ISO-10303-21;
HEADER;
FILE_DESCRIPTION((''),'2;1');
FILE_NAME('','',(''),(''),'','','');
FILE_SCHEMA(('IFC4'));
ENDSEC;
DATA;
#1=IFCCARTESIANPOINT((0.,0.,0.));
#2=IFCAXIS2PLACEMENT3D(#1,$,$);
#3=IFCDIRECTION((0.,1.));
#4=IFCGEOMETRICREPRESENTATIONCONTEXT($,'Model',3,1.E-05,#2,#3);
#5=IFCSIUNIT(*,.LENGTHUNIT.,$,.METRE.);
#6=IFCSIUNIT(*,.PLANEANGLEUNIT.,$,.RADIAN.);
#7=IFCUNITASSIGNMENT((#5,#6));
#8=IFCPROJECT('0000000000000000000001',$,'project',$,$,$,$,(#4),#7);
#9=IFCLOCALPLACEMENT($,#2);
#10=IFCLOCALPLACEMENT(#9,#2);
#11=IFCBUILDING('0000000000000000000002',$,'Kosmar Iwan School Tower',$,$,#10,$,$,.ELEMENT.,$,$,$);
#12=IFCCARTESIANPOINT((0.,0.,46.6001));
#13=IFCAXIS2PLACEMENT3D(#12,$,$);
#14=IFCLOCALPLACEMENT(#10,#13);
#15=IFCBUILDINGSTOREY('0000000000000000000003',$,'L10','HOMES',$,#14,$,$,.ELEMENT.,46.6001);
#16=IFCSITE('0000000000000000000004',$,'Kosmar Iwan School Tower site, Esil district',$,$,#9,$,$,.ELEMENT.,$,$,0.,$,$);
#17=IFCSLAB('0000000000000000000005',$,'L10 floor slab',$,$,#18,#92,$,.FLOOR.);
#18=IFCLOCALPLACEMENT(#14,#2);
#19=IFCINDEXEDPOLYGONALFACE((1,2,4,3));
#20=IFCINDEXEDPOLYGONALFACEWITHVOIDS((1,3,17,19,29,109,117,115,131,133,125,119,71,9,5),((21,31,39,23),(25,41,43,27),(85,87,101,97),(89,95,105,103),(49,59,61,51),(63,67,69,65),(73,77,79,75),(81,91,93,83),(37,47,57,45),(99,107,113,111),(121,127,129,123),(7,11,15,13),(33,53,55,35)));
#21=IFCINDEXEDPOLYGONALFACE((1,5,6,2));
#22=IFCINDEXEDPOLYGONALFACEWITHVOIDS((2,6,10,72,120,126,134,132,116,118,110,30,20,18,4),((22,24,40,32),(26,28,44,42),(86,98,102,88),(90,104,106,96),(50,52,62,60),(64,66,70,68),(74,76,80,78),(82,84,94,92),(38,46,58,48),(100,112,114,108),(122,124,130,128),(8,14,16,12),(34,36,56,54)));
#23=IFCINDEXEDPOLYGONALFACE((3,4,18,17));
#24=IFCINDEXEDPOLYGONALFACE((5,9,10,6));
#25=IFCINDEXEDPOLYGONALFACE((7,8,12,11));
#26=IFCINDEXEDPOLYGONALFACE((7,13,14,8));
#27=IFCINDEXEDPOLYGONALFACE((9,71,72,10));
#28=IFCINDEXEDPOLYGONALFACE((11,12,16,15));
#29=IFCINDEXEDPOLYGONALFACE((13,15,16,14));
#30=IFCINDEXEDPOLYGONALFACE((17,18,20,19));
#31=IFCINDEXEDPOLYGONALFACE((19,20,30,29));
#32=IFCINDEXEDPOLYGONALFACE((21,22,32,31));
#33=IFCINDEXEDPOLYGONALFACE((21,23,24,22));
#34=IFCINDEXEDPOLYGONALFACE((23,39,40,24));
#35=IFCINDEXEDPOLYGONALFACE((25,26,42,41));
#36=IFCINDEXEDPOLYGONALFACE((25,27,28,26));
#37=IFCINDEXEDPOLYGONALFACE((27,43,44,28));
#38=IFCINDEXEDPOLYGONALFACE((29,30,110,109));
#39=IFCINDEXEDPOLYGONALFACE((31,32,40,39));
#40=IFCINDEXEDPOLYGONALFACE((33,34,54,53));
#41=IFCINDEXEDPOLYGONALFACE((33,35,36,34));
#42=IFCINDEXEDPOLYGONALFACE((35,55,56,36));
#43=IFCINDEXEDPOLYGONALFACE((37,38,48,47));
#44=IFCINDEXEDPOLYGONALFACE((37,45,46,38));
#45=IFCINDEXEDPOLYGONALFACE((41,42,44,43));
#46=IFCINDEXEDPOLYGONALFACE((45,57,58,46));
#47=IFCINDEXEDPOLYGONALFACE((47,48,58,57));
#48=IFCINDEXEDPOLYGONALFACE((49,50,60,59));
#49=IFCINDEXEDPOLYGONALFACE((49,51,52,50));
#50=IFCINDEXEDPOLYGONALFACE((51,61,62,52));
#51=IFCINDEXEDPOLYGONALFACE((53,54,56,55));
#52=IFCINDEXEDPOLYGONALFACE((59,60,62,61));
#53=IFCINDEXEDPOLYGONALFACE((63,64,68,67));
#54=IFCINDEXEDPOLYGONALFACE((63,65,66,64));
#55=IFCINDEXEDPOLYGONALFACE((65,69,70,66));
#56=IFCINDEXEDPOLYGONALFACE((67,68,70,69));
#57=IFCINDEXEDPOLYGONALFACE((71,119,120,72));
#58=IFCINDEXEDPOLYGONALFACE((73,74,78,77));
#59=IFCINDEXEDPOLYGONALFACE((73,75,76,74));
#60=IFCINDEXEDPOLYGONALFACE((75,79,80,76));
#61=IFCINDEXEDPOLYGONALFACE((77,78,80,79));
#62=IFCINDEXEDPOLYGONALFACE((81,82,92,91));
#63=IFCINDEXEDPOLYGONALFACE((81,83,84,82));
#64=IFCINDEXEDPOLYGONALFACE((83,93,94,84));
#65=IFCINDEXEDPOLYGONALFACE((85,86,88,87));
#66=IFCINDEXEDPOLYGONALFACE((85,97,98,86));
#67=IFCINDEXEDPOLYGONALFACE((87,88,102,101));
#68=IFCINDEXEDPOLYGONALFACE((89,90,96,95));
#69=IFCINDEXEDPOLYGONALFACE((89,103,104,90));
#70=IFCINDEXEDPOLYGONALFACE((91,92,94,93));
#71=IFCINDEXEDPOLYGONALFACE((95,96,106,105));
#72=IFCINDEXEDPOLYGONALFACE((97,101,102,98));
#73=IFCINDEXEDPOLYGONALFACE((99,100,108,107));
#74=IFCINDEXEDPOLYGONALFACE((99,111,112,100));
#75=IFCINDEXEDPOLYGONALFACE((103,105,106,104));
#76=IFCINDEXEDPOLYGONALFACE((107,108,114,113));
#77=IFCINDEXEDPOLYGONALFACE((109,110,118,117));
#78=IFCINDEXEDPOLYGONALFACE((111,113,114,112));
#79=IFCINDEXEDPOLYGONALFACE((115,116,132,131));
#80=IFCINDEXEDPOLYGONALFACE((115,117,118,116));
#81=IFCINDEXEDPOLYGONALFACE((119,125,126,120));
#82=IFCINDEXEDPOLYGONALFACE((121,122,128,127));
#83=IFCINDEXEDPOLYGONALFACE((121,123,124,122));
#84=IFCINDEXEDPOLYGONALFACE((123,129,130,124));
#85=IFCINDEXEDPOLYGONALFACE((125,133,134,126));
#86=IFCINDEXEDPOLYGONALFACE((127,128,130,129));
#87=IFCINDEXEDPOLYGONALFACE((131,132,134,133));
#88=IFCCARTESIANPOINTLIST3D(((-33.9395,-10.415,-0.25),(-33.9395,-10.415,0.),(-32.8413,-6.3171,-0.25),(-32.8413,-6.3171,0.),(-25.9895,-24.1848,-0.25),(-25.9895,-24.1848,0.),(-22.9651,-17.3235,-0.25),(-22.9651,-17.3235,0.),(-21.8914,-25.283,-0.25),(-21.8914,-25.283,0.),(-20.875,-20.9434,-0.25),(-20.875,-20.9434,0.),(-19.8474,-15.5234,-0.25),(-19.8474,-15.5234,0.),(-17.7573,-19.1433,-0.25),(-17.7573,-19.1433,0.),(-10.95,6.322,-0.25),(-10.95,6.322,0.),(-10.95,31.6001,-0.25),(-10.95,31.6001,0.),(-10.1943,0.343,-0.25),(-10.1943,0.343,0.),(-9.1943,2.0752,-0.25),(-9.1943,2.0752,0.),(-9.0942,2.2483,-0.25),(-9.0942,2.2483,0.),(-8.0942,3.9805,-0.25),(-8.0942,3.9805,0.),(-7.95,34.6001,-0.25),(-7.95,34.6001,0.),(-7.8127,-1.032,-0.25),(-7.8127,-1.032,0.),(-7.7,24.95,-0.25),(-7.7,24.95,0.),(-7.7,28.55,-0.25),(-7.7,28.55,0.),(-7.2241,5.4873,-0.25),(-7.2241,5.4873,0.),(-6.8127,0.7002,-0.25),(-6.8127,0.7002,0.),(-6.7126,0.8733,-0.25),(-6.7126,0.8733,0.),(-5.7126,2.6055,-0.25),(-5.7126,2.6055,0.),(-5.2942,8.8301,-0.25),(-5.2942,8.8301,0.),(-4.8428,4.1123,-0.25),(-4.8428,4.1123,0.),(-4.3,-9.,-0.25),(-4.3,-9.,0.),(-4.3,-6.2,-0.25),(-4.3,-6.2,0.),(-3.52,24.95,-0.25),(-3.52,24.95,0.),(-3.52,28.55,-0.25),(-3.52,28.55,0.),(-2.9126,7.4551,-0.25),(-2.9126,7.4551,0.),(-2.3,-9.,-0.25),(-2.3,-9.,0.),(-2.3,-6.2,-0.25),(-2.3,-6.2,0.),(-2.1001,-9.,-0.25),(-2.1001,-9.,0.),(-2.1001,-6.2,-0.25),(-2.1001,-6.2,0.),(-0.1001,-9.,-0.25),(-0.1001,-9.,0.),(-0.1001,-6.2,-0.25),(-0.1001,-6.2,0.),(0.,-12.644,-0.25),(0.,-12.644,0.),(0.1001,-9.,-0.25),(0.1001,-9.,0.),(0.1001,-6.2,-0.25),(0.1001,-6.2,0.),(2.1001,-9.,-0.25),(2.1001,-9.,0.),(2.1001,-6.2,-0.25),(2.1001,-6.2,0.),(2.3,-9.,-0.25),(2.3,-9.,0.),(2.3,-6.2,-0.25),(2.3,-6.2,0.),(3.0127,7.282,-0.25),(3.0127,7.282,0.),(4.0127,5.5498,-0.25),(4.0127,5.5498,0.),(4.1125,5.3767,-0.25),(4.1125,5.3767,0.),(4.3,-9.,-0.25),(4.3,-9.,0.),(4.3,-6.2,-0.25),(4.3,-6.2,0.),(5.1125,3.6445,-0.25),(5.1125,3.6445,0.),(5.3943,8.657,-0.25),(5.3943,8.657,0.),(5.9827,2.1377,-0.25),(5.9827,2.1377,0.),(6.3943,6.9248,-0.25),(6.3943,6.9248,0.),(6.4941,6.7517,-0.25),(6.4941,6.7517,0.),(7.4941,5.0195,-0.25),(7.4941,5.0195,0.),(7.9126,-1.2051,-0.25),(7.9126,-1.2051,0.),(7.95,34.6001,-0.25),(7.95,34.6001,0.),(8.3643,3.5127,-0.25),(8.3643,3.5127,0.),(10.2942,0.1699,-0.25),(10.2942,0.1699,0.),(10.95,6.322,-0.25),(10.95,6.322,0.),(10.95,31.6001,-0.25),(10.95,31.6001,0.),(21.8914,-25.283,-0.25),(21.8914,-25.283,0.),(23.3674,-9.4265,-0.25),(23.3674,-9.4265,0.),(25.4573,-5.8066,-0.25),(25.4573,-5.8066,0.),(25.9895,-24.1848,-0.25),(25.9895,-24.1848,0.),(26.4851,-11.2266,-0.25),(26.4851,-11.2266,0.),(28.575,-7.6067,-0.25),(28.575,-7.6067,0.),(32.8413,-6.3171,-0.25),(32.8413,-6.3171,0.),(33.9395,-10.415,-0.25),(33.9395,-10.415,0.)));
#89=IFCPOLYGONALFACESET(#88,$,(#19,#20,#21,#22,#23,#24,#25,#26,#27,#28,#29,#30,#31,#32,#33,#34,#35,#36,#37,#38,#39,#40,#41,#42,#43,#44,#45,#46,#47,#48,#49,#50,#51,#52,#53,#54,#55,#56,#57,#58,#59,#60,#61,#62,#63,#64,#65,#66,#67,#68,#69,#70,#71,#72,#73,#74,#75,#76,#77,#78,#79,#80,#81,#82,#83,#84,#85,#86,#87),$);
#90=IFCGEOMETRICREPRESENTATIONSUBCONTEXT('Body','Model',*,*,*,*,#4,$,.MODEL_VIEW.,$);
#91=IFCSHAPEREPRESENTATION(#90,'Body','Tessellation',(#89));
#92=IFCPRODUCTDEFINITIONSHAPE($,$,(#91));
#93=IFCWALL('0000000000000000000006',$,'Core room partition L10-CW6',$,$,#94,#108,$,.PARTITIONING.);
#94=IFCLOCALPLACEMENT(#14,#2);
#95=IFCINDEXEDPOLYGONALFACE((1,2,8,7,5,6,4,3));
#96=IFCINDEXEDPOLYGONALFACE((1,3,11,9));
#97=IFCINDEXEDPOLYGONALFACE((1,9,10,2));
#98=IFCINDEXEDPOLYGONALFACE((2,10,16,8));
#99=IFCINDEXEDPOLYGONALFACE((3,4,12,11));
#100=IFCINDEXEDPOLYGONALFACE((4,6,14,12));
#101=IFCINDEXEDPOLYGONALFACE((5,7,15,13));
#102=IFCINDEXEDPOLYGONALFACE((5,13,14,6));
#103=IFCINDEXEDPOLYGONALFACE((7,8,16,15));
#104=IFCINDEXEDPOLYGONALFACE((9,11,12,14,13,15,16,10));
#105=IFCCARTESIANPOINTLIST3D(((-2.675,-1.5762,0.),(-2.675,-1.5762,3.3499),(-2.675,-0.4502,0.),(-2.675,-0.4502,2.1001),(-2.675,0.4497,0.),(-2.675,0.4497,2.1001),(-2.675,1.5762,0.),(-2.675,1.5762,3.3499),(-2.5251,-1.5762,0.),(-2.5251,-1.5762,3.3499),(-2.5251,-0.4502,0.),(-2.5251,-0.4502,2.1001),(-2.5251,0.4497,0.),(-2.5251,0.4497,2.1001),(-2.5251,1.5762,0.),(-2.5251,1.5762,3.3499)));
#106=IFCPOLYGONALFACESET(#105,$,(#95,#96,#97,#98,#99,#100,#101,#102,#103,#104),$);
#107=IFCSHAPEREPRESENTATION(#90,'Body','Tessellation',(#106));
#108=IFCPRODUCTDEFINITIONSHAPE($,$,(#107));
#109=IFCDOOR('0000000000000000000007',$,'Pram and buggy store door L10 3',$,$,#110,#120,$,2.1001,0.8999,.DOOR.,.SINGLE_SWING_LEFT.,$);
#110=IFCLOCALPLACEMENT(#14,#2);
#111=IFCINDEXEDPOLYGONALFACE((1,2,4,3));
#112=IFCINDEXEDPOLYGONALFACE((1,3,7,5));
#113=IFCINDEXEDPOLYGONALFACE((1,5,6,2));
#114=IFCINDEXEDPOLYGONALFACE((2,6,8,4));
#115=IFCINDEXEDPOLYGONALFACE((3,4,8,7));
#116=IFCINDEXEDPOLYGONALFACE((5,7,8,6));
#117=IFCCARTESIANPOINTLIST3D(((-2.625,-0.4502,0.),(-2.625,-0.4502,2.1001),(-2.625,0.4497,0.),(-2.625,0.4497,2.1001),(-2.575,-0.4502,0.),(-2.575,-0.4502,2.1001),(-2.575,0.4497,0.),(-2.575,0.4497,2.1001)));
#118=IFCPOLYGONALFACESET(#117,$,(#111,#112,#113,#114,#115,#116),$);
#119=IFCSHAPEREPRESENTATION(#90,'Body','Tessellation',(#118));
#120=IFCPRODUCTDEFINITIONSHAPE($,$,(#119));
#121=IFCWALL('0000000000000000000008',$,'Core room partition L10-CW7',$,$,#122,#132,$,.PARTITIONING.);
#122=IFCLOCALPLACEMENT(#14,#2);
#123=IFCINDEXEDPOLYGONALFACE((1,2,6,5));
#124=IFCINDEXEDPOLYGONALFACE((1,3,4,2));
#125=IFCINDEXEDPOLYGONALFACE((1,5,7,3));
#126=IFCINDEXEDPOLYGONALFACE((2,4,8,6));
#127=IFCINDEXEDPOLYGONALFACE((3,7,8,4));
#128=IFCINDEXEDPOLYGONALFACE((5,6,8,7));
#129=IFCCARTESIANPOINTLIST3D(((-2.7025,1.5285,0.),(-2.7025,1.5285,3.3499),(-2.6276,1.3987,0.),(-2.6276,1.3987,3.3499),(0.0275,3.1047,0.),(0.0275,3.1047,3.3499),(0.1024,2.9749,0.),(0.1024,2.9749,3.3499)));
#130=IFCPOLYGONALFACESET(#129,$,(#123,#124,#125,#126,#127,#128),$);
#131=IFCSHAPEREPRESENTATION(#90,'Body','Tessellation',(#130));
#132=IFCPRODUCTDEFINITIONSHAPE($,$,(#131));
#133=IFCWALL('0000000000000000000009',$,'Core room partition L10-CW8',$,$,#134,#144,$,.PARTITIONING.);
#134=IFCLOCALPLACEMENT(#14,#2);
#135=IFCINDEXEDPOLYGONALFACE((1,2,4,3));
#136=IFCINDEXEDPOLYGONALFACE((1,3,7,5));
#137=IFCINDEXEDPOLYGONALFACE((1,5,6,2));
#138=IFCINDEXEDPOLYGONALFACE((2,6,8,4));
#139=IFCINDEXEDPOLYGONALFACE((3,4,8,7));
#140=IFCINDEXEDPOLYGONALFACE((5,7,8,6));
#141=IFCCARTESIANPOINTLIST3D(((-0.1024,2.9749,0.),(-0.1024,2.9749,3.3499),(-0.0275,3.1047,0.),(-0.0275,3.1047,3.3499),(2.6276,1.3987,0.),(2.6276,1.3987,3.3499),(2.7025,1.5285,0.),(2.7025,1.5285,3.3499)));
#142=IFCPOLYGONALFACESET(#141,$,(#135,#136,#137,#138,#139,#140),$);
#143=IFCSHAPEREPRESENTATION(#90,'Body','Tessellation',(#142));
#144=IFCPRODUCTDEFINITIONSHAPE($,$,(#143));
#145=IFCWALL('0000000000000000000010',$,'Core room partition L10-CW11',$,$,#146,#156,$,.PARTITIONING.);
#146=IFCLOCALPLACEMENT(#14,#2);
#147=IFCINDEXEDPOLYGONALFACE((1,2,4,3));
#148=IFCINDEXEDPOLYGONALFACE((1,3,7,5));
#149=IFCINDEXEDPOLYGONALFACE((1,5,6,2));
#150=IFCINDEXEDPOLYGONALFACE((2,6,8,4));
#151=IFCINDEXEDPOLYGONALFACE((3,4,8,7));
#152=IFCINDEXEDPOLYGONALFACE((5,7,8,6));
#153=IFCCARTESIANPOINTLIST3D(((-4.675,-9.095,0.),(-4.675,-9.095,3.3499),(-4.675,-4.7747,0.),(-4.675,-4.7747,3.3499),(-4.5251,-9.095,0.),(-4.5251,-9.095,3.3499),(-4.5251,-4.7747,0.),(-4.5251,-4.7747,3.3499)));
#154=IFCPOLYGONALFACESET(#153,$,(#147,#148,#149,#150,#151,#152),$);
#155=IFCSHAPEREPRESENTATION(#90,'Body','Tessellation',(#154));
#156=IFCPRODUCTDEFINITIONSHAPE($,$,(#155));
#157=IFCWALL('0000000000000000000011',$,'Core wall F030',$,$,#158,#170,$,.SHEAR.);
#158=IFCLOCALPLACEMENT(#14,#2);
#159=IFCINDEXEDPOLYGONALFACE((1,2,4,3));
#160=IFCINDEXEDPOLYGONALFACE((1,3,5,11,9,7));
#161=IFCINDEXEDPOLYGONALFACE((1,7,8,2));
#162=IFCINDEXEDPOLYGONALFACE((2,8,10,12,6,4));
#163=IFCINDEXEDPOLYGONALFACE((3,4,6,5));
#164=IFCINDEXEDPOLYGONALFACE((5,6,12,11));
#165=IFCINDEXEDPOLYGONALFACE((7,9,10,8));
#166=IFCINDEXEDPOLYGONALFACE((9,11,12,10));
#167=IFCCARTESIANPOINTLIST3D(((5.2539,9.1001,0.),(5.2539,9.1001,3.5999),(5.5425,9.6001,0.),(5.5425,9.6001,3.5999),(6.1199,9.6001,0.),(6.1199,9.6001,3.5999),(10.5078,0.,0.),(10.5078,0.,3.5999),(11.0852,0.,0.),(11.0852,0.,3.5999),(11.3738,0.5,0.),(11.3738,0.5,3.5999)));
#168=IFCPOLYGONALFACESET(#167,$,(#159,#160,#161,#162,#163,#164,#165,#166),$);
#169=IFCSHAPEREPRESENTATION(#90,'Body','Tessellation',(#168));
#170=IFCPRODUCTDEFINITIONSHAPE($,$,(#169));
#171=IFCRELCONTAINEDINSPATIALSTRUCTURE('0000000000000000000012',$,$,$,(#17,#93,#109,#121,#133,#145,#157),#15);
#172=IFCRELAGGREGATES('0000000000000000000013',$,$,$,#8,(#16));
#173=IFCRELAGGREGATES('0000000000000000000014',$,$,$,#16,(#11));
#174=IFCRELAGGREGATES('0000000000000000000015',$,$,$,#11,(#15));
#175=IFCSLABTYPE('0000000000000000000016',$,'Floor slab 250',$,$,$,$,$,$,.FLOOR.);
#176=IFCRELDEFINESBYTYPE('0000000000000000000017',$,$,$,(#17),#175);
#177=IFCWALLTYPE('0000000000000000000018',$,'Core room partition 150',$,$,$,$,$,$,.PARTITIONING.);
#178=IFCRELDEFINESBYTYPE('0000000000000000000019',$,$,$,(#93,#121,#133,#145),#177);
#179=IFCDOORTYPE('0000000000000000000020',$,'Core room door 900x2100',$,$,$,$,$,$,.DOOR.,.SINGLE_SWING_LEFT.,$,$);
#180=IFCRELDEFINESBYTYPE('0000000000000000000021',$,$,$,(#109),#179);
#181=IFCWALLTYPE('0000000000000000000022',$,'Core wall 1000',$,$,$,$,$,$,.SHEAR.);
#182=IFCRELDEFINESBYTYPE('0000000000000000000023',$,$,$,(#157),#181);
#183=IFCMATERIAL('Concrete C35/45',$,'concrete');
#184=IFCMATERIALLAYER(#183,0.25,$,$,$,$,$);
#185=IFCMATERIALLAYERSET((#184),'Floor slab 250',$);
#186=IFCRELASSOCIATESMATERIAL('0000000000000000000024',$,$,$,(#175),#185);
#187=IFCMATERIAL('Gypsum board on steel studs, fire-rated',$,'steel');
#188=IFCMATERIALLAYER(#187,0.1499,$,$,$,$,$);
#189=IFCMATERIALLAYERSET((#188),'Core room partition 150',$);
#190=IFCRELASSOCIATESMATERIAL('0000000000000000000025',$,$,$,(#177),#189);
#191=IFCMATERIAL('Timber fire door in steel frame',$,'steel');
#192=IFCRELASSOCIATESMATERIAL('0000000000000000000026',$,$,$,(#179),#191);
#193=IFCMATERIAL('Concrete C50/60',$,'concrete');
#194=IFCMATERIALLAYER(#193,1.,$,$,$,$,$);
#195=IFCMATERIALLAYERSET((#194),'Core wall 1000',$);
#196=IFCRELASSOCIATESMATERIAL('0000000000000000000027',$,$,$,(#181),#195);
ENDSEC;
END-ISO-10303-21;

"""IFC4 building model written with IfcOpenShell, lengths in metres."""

from ifc_helpers import new_model, si_unit, direction, frame, frame_2d, origin, place, context, subcontext, project, spatial, polyline, rectangle, outline, extrude, material, layer, layer_set, type_object, element, fill, save


model = new_model("IFC4")

# Units and contexts
model_context = context("Model", 3, precision=1e-05, world=origin(), true_north=direction((0.0, 1.0)))
body_context = subcontext(model_context, "Body", "Model", "MODEL_VIEW")
ifc_project = project(units=[si_unit("LENGTHUNIT", "METRE"), si_unit("PLANEANGLEUNIT", "RADIAN")], contexts=[model_context])

# Site, building, storey
site_placement = place(None, origin())
site = spatial("IfcSite", under=ifc_project, at=site_placement, Name="Kosmar Iwan School Tower site, Esil district", CompositionType="ELEMENT", RefElevation=0.0)
building_placement = place(site_placement, origin())
building = spatial("IfcBuilding", under=site, at=building_placement, Name="Kosmar Iwan School Tower", CompositionType="ELEMENT")
storey_placement = place(building_placement, frame((0.0, 0.0, 46.6001)))
storey = spatial("IfcBuildingStorey", under=building, at=storey_placement, Name="L10", Description="HOMES", CompositionType="ELEMENT", Elevation=46.6001)

# Slab
ifc_material_1 = material(Name="Concrete C35/45", Category="concrete")
ifc_layer_1 = layer(ifc_material_1, 0.25)
ifc_layer_set_1 = layer_set([ifc_layer_1], Name="Floor slab 250")
slab_type = type_object("IfcSlabType", Name="Floor slab 250", PredefinedType="FLOOR", material=ifc_layer_set_1)
slab_placement = place(storey_placement, frame((0.0, 0.0, -0.25)))
element("IfcSlab", 1, at=slab_placement, inside=storey, type_object=slab_type, Name="L10 floor slab", PredefinedType="FLOOR", context=body_context, shape_type="SweptSolid", body=[
    extrude(outline(polyline([(-21.8914, -25.283), (0.0, -12.644), (21.8914, -25.283), (25.9895, -24.1848), (33.9395, -10.415), (32.8413, -6.3171), (10.95, 6.322), (10.95, 31.6001), (7.95, 34.6001), (-7.95, 34.6001), (-10.95, 31.6001), (-10.95, 6.322), (-32.8413, -6.3171), (-33.9395, -10.415), (-25.9895, -24.1848), (-21.8914, -25.283)]), holes=[polyline([(7.9126, -1.2051), (10.2942, 0.1699), (8.3643, 3.5127), (5.9827, 2.1377), (7.9126, -1.2051)]), polyline([(-2.9126, 7.4551), (-5.2942, 8.8301), (-7.2241, 5.4873), (-4.8428, 4.1123), (-2.9126, 7.4551)]), polyline([(-5.7126, 2.6055), (-8.0942, 3.9805), (-9.0942, 2.2483), (-6.7126, 0.8733), (-5.7126, 2.6055)]), polyline([(-6.8127, 0.7002), (-9.1943, 2.0752), (-10.1943, 0.343), (-7.8127, -1.032), (-6.8127, 0.7002)]), polyline([(5.1125, 3.6445), (7.4941, 5.0195), (6.4941, 6.7517), (4.1125, 5.3767), (5.1125, 3.6445)]), polyline([(4.0127, 5.5498), (6.3943, 6.9248), (5.3943, 8.657), (3.0127, 7.282), (4.0127, 5.5498)]), polyline([(-4.3, -6.2), (-4.3, -9.0), (-2.3, -9.0), (-2.3, -6.2), (-4.3, -6.2)]), polyline([(-2.1001, -6.2), (-2.1001, -9.0), (-0.1001, -9.0), (-0.1001, -6.2), (-2.1001, -6.2)]), polyline([(0.1001, -6.2), (0.1001, -9.0), (2.1001, -9.0), (2.1001, -6.2), (0.1001, -6.2)]), polyline([(2.3, -6.2), (2.3, -9.0), (4.3, -9.0), (4.3, -6.2), (2.3, -6.2)]), polyline([(-3.52, 24.95), (-3.52, 28.55), (-7.7, 28.55), (-7.7, 24.95), (-3.52, 24.95)]), polyline([(-19.8474, -15.5234), (-22.9651, -17.3235), (-20.875, -20.9434), (-17.7573, -19.1433), (-19.8474, -15.5234)]), polyline([(23.3674, -9.4265), (26.4851, -11.2266), (28.575, -7.6067), (25.4573, -5.8066), (23.3674, -9.4265)])]), origin(), (0.0, 0.0, 1.0), 0.25),
])

# Wall, opening, door
ifc_material_2 = material(Name="Gypsum board on steel studs, fire-rated", Category="steel")
ifc_layer_2 = layer(ifc_material_2, 0.1499)
ifc_layer_set_2 = layer_set([ifc_layer_2], Name="Core room partition 150")
wall_type_1 = type_object("IfcWallType", Name="Core room partition 150", PredefinedType="PARTITIONING", material=ifc_layer_set_2)
wall_1_placement = place(storey_placement, frame((-2.6001, -1.5762, 0.0), z_axis=(0.0, 0.0, 1.0), x_axis=(0.0, 1.0, 0.0)))
wall_1 = element("IfcWall", 2, at=wall_1_placement, inside=storey, type_object=wall_type_1, Name="Core room partition L10-CW6", PredefinedType="PARTITIONING", context=body_context, shape_type="SweptSolid", body=[
    extrude(rectangle(XDim=3.1523, YDim=0.1499, at=frame_2d((1.5762, 0.0))), origin(), (0.0, 0.0, 1.0), 3.3499),
])
opening_1_placement = place(wall_1_placement, frame((1.126, 0.0, 0.0)))
opening_1 = element("IfcOpeningElement", 3, at=opening_1_placement, cuts=wall_1, PredefinedType="OPENING", context=body_context, shape_type="SweptSolid", body=[
    extrude(rectangle(XDim=0.8999, YDim=2.1001, at=frame_2d((0.45, 1.05))), frame((0.0, 0.0869, 0.0), z_axis=(0.0, -1.0, 0.0), x_axis=(1.0, 0.0, 0.0)), (0.0, 0.0, 1.0), 0.1738),
])
ifc_material_3 = material(Name="Timber fire door in steel frame", Category="steel")
door_type_1 = type_object("IfcDoorType", Name="Core room door 900x2100", OperationType="SINGLE_SWING_LEFT", PredefinedType="DOOR", material=ifc_material_3)
door_1_placement = place(opening_1_placement, origin())
door_1 = element("IfcDoor", 4, at=door_1_placement, inside=storey, type_object=door_type_1, Name="Pram and buggy store door L10 3", OperationType="SINGLE_SWING_LEFT", OverallHeight=2.1001, OverallWidth=0.8999, PredefinedType="DOOR", context=body_context, shape_type="SweptSolid", body=[
    extrude(rectangle(XDim=0.8999, YDim=2.1001, at=frame_2d((0.45, 1.05))), frame((0.0, 0.0249, 0.0), z_axis=(0.0, -1.0, 0.0), x_axis=(1.0, 0.0, 0.0)), (0.0, 0.0, 1.0), 0.05),
])
fill(opening_1, door_1)

# Walls
for number, where, z_axis, x_axis, name in (
    (5, (-2.665, 1.4636, 0.0), (0.0, 0.0, 1.0), (0.866023, 0.500004, 0.0), "Core room partition L10-CW7"),
    (6, (-0.0649, 3.0398, 0.0), (0.0, 0.0, 1.0), (0.866023, -0.500004, 0.0), "Core room partition L10-CW8"),
):
    element("IfcWall", number, at=place(storey_placement, frame(where, z_axis=z_axis, x_axis=x_axis)), inside=storey, type_object=wall_type_1, Name=name, PredefinedType="PARTITIONING", context=body_context, shape_type="SweptSolid", body=[
        extrude(rectangle(XDim=3.1523, YDim=0.1499, at=frame_2d((1.5762, 0.0))), origin(), (0.0, 0.0, 1.0), 3.3499),
    ])
wall_2_placement = place(storey_placement, frame((-4.6001, -4.7747, 0.0), z_axis=(0.0, 0.0, 1.0), x_axis=(0.0, -1.0, 0.0)))
element("IfcWall", 7, at=wall_2_placement, inside=storey, type_object=wall_type_1, Name="Core room partition L10-CW11", PredefinedType="PARTITIONING", context=body_context, shape_type="SweptSolid", body=[
    extrude(rectangle(XDim=4.3203, YDim=0.1499, at=frame_2d((2.1602, 0.0))), origin(), (0.0, 0.0, 1.0), 3.3499),
])
ifc_material_4 = material(Name="Concrete C50/60", Category="concrete")
ifc_layer_3 = layer(ifc_material_4, 1.0)
ifc_layer_set_3 = layer_set([ifc_layer_3], Name="Core wall 1000")
wall_type_2 = type_object("IfcWallType", Name="Core wall 1000", PredefinedType="SHEAR", material=ifc_layer_set_3)
wall_3_placement = place(storey_placement, origin())
element("IfcWall", 8, at=wall_3_placement, inside=storey, type_object=wall_type_2, Name="Core wall F030", PredefinedType="SHEAR", context=body_context, shape_type="SweptSolid", body=[
    extrude(outline(polyline([(10.5078, 0.0), (11.0852, 0.0), (11.3738, 0.5), (6.1199, 9.6001), (5.5425, 9.6001), (5.2539, 9.1001), (10.5078, 0.0)])), origin(), (0.0, 0.0, 1.0), 3.5999),
])

save(model, "model.ifc")
